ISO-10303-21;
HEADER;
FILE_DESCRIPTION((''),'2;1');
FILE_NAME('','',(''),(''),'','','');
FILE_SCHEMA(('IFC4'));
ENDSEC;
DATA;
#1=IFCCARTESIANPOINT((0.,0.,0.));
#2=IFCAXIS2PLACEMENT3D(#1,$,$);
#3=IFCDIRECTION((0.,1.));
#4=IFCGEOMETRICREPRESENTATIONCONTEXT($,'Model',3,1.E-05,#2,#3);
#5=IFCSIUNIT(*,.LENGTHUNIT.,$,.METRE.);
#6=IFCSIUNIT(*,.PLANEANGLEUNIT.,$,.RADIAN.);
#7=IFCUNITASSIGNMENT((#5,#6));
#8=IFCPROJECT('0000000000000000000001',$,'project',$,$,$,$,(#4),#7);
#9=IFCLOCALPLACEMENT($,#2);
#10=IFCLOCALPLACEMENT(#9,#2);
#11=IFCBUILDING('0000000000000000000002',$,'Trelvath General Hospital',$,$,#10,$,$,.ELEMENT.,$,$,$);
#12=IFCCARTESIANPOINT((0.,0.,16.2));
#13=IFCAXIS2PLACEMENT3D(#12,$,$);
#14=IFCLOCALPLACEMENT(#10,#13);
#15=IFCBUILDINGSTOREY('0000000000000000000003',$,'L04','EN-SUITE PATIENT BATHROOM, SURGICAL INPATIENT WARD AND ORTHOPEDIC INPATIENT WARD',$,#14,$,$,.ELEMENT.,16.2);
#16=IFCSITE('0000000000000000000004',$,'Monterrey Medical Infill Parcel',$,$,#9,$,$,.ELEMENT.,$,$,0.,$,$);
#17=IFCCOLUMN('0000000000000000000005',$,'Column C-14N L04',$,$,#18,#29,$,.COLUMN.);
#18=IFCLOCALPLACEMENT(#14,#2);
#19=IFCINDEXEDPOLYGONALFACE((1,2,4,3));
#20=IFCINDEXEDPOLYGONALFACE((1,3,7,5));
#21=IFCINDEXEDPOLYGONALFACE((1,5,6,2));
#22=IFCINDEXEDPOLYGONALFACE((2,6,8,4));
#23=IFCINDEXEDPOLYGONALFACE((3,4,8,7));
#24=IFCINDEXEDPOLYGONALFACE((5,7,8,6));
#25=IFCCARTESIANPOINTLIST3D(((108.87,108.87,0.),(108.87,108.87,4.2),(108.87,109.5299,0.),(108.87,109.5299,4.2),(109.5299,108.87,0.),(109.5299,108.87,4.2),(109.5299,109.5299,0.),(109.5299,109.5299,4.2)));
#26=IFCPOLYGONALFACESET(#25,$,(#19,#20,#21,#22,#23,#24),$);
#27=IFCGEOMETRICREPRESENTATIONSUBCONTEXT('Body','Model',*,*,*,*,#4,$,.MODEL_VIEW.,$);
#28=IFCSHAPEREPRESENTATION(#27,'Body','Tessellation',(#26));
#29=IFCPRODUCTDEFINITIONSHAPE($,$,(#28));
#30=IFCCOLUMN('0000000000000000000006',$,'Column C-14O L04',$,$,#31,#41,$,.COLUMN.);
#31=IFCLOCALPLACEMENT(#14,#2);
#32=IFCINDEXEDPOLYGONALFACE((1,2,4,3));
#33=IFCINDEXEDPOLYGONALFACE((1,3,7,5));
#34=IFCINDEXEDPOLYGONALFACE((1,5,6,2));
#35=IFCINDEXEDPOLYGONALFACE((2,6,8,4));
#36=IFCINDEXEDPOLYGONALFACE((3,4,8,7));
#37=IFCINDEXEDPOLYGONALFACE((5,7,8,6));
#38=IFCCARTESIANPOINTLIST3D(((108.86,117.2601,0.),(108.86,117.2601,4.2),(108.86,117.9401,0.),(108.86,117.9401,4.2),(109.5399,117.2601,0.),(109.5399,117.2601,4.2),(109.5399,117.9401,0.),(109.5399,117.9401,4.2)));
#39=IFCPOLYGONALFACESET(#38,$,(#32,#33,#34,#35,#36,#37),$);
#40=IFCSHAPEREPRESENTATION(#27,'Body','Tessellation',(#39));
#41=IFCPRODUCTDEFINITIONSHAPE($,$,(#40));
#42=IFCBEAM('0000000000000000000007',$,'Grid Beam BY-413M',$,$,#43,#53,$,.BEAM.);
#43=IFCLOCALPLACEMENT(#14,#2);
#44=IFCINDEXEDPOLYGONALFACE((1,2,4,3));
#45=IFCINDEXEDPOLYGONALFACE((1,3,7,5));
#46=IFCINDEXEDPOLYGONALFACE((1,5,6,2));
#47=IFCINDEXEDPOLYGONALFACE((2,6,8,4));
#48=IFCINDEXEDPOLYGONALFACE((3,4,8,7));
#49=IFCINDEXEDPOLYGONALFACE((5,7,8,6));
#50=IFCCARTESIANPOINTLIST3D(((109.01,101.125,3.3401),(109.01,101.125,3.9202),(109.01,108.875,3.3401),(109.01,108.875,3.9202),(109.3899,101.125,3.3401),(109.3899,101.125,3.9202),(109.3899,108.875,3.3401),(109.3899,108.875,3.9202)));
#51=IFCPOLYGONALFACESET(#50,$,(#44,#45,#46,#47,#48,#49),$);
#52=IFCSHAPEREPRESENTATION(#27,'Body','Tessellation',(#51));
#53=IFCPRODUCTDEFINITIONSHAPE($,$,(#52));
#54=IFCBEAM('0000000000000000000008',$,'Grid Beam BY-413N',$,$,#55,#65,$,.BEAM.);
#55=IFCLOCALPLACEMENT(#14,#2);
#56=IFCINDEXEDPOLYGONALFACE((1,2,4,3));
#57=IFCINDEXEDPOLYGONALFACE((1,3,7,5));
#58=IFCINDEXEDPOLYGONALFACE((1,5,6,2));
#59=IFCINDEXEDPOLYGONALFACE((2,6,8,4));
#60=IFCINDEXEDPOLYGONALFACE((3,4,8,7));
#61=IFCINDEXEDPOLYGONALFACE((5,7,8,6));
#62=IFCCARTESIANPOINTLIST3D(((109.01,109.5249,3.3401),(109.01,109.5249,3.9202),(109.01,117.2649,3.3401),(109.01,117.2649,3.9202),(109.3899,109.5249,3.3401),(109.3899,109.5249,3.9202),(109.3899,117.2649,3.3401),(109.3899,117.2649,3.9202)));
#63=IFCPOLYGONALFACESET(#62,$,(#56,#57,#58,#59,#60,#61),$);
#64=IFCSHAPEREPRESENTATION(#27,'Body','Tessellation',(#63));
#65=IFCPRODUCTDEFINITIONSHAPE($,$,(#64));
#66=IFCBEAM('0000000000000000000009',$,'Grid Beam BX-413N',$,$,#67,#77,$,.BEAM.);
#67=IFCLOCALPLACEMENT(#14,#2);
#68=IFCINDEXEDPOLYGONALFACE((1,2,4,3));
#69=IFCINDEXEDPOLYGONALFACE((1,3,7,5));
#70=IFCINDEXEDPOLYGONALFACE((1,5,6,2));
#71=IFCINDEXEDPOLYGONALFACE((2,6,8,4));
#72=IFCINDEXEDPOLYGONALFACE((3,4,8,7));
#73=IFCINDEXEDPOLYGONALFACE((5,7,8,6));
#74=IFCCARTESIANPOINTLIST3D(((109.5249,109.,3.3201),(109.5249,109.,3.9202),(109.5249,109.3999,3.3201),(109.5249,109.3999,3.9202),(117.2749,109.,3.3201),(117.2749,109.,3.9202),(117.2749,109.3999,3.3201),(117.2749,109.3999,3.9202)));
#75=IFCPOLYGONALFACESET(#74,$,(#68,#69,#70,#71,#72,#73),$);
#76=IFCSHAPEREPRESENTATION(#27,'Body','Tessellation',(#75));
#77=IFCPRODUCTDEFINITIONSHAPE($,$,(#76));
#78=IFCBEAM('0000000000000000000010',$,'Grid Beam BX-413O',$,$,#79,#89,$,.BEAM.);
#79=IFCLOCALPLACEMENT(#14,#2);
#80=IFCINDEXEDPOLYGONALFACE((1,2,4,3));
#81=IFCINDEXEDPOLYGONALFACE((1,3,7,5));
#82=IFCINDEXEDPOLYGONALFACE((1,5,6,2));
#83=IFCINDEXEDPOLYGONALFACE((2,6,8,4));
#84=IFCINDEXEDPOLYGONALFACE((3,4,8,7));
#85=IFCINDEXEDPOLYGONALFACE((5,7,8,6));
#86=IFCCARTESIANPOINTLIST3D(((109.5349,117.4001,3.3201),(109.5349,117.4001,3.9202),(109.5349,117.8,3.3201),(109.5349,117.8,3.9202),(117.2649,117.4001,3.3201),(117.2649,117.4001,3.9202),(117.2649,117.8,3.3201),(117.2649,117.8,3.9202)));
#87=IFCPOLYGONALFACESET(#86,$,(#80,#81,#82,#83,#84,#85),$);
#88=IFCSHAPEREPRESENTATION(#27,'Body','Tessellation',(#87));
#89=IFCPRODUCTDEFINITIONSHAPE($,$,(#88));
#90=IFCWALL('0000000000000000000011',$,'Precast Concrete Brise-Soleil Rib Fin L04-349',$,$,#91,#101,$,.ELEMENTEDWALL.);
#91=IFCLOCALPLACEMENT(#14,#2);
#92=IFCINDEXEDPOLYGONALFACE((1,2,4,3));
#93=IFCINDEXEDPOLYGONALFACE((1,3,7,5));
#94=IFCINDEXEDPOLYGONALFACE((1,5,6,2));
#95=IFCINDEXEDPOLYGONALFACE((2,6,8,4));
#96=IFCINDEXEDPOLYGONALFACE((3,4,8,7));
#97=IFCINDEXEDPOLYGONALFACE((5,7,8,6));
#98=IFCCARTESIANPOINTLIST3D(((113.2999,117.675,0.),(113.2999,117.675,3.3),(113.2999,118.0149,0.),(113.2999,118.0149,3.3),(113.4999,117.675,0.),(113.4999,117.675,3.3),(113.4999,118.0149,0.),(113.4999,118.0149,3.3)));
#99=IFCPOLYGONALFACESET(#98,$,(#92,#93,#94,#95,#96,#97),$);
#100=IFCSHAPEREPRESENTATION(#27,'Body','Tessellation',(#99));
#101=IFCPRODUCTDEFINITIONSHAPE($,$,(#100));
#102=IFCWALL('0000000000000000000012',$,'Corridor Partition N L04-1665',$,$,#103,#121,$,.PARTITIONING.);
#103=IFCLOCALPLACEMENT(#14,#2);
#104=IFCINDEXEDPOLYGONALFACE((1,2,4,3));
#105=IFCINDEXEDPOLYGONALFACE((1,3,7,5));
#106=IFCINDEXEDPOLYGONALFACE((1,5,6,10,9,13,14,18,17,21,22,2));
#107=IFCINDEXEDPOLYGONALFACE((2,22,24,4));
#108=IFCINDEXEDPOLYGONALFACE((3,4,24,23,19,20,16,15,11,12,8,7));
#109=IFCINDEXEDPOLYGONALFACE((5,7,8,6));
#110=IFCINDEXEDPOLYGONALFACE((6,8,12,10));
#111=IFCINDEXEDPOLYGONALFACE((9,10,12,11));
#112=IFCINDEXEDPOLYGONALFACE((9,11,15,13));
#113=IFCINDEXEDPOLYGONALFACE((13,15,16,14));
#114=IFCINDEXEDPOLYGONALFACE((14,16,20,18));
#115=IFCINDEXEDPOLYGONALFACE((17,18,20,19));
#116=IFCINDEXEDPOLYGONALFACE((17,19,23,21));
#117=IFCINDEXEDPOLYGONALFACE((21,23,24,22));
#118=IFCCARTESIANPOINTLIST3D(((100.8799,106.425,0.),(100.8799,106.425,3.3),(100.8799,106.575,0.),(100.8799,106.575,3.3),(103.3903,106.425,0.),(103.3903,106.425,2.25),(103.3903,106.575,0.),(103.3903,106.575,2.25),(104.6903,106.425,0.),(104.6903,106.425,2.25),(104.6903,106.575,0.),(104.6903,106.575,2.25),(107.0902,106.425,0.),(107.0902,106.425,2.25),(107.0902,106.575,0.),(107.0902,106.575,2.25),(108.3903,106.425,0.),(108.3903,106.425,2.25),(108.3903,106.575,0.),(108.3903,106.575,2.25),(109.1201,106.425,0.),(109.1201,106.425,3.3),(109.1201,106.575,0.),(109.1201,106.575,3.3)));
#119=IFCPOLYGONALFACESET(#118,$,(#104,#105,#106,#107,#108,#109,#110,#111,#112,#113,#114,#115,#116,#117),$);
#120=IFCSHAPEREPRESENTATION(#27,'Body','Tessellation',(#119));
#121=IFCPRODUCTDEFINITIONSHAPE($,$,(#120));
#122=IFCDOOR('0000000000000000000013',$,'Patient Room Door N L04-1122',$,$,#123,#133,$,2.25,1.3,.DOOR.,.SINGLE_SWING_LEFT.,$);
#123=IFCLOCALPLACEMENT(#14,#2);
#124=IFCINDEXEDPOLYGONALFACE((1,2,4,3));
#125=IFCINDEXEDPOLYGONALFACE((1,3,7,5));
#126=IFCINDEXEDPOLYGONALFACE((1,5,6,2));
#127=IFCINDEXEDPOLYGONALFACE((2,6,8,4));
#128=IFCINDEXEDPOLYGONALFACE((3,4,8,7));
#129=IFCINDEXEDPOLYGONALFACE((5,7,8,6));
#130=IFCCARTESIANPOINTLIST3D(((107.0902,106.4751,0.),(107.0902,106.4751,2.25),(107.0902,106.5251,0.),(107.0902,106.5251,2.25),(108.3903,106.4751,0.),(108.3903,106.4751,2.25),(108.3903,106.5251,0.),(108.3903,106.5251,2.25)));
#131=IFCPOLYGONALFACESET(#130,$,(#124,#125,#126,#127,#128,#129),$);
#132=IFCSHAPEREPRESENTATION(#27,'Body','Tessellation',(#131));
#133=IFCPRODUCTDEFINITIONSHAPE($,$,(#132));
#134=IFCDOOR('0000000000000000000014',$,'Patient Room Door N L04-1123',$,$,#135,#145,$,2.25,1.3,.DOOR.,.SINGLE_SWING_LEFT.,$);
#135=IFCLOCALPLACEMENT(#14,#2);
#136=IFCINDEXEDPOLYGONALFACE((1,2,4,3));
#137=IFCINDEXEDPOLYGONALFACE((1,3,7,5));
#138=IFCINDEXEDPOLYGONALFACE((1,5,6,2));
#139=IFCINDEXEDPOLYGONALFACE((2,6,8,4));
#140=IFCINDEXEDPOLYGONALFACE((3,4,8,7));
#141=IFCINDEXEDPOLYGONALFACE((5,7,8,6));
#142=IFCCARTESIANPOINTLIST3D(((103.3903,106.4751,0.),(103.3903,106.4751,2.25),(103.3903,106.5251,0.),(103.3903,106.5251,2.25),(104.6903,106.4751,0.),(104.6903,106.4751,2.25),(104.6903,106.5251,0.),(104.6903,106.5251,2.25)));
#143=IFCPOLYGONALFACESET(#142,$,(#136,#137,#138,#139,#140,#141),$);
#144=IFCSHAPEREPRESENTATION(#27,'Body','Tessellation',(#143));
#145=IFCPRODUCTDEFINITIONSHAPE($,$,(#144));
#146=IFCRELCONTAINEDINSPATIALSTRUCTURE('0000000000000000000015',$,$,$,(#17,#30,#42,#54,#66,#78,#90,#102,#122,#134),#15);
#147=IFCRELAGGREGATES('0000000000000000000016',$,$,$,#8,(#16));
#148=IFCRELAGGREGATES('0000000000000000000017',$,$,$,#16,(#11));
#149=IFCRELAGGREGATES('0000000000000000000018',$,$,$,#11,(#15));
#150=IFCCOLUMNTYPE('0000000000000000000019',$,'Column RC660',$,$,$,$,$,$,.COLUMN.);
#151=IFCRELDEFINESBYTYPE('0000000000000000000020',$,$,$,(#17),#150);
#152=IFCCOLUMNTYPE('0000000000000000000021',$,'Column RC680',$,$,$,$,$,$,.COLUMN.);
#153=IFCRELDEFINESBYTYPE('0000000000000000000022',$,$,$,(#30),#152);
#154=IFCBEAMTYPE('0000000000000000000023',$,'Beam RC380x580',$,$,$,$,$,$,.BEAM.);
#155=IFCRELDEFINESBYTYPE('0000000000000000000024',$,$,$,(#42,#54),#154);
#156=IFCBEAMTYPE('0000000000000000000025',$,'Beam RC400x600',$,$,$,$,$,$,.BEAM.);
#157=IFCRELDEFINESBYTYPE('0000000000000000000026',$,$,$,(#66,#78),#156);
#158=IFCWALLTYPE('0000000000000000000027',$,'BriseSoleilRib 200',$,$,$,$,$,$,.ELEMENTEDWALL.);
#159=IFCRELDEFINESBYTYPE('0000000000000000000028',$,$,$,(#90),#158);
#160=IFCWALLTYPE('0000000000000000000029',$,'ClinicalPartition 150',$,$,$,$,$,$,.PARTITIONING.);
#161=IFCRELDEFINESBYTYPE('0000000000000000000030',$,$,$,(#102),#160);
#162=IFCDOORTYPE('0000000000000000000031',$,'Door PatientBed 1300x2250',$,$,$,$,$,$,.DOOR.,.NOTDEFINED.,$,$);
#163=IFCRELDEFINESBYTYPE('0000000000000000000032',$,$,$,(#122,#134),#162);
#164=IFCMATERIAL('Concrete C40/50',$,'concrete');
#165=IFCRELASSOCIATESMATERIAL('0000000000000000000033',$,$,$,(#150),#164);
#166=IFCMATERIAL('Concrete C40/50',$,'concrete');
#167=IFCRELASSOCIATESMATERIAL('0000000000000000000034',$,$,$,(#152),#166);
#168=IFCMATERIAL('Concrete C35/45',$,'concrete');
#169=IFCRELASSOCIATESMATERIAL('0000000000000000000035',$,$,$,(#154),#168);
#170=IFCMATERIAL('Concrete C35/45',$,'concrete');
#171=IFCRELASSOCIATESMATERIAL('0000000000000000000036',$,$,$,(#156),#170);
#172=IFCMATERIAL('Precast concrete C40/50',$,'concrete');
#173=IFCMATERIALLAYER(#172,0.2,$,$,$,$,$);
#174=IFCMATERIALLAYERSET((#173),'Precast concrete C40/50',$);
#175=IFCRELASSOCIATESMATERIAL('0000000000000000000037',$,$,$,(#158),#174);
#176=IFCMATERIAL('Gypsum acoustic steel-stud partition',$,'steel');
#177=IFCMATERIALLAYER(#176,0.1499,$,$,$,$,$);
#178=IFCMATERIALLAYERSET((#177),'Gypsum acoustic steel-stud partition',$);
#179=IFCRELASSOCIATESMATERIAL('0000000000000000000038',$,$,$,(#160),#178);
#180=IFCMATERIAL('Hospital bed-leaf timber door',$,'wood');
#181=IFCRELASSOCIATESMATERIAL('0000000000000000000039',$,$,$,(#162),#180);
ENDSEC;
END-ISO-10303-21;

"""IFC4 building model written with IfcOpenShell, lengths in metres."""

from ifc_helpers import new_model, si_unit, direction, frame, frame_2d, origin, origin_2d, place, context, subcontext, project, spatial, rectangle, extrude, material, layer, layer_set, material_profile, profile_set, type_object, element, fill, save


model = new_model("IFC4")

# Units and contexts
model_context = context("Model", 3, precision=1e-05, world=origin(), true_north=direction((0.0, 1.0)))
body_context = subcontext(model_context, "Body", "Model", "MODEL_VIEW")
ifc_project = project(units=[si_unit("LENGTHUNIT", "METRE"), si_unit("PLANEANGLEUNIT", "RADIAN")], contexts=[model_context])

# Site, building, storey
site_placement = place(None, origin())
site = spatial("IfcSite", under=ifc_project, at=site_placement, Name="Monterrey Medical Infill Parcel", CompositionType="ELEMENT", RefElevation=0.0)
building_placement = place(site_placement, origin())
building = spatial("IfcBuilding", under=site, at=building_placement, Name="Trelvath General Hospital", CompositionType="ELEMENT")
storey_placement = place(building_placement, frame((0.0, 0.0, 16.2)))
storey = spatial("IfcBuildingStorey", under=building, at=storey_placement, Name="L04", Description="EN-SUITE PATIENT BATHROOM, SURGICAL INPATIENT WARD AND ORTHOPEDIC INPATIENT WARD", CompositionType="ELEMENT", Elevation=16.2)

# Columns
ifc_material_1 = material(Name="Concrete C40/50", Category="concrete")
ifc_material_profile_1 = material_profile(ifc_material_1, rectangle(XDim=0.6599, YDim=0.6599, at=origin_2d()), Name="RC660x660")
ifc_profile_set_1 = profile_set([ifc_material_profile_1], Name="Concrete C40/50")
column_type_1 = type_object("IfcColumnType", Name="Column RC660", PredefinedType="COLUMN", material=ifc_profile_set_1)
column_1_placement = place(storey_placement, frame((109.2, 109.2, 0.0), z_axis=(0.0, 0.0, 1.0), x_axis=(1.0, 0.0, 0.0)))
element("IfcColumn", 1, at=column_1_placement, inside=storey, type_object=column_type_1, Name="Column C-14N L04", PredefinedType="COLUMN", context=body_context, shape_type="SweptSolid", body=[
    extrude(rectangle(XDim=0.6599, YDim=0.6599, at=origin_2d()), origin(), (0.0, 0.0, 1.0), 4.2),
])
ifc_material_2 = material(Name="Concrete C40/50", Category="concrete")
ifc_material_profile_2 = material_profile(ifc_material_2, rectangle(XDim=0.6799, YDim=0.6799, at=origin_2d()), Name="RC680x680")
ifc_profile_set_2 = profile_set([ifc_material_profile_2], Name="Concrete C40/50")
column_type_2 = type_object("IfcColumnType", Name="Column RC680", PredefinedType="COLUMN", material=ifc_profile_set_2)
column_2_placement = place(storey_placement, frame((109.2, 117.6001, 0.0), z_axis=(0.0, 0.0, 1.0), x_axis=(1.0, 0.0, 0.0)))
element("IfcColumn", 2, at=column_2_placement, inside=storey, type_object=column_type_2, Name="Column C-14O L04", PredefinedType="COLUMN", context=body_context, shape_type="SweptSolid", body=[
    extrude(rectangle(XDim=0.6799, YDim=0.6799, at=origin_2d()), origin(), (0.0, 0.0, 1.0), 4.2),
])

# Beams
ifc_material_3 = material(Name="Concrete C35/45", Category="concrete")
ifc_material_profile_3 = material_profile(ifc_material_3, rectangle(XDim=0.3799, YDim=0.5801, at=origin_2d()), Name="RCB380x580")
ifc_profile_set_3 = profile_set([ifc_material_profile_3], Name="Concrete C35/45")
beam_type_1 = type_object("IfcBeamType", Name="Beam RC380x580", PredefinedType="BEAM", material=ifc_profile_set_3)
beam_1_placement = place(storey_placement, frame((109.2, 101.125, 3.6301), z_axis=(0.0, 1.0, 0.0), x_axis=(-1.0, 0.0, 0.0)))
element("IfcBeam", 3, at=beam_1_placement, inside=storey, type_object=beam_type_1, Name="Grid Beam BY-413M", PredefinedType="BEAM", context=body_context, shape_type="SweptSolid", body=[
    extrude(rectangle(XDim=0.3799, YDim=0.5801, at=origin_2d()), origin(), (0.0, 0.0, 1.0), 7.75),
])
beam_2_placement = place(storey_placement, frame((109.2, 109.5249, 3.6301), z_axis=(0.0, 1.0, 0.0), x_axis=(-1.0, 0.0, 0.0)))
element("IfcBeam", 4, at=beam_2_placement, inside=storey, type_object=beam_type_1, Name="Grid Beam BY-413N", PredefinedType="BEAM", context=body_context, shape_type="SweptSolid", body=[
    extrude(rectangle(XDim=0.3799, YDim=0.5801, at=origin_2d()), origin(), (0.0, 0.0, 1.0), 7.74),
])
ifc_material_4 = material(Name="Concrete C35/45", Category="concrete")
ifc_material_profile_4 = material_profile(ifc_material_4, rectangle(XDim=0.3999, YDim=0.6001, at=origin_2d()), Name="RCB400x600")
ifc_profile_set_4 = profile_set([ifc_material_profile_4], Name="Concrete C35/45")
beam_type_2 = type_object("IfcBeamType", Name="Beam RC400x600", PredefinedType="BEAM", material=ifc_profile_set_4)
beam_3_placement = place(storey_placement, frame((109.5249, 109.2, 3.6201), z_axis=(1.0, 0.0, 0.0), x_axis=(0.0, 1.0, 0.0)))
element("IfcBeam", 5, at=beam_3_placement, inside=storey, type_object=beam_type_2, Name="Grid Beam BX-413N", PredefinedType="BEAM", context=body_context, shape_type="SweptSolid", body=[
    extrude(rectangle(XDim=0.3999, YDim=0.6001, at=origin_2d()), origin(), (0.0, 0.0, 1.0), 7.75),
])
beam_4_placement = place(storey_placement, frame((109.5349, 117.6001, 3.6201), z_axis=(1.0, 0.0, 0.0), x_axis=(0.0, 1.0, 0.0)))
element("IfcBeam", 6, at=beam_4_placement, inside=storey, type_object=beam_type_2, Name="Grid Beam BX-413O", PredefinedType="BEAM", context=body_context, shape_type="SweptSolid", body=[
    extrude(rectangle(XDim=0.3999, YDim=0.6001, at=origin_2d()), origin(), (0.0, 0.0, 1.0), 7.73),
])

# Wall
ifc_material_5 = material(Name="Precast concrete C40/50", Category="concrete")
ifc_layer_1 = layer(ifc_material_5, 0.2)
ifc_layer_set_1 = layer_set([ifc_layer_1], Name="Precast concrete C40/50")
wall_type_1 = type_object("IfcWallType", Name="BriseSoleilRib 200", PredefinedType="ELEMENTEDWALL", material=ifc_layer_set_1)
wall_1_placement = place(storey_placement, frame((113.3999, 117.675, 0.0), z_axis=(0.0, 0.0, 1.0), x_axis=(0.0, 1.0, 0.0)))
element("IfcWall", 7, at=wall_1_placement, inside=storey, type_object=wall_type_1, Name="Precast Concrete Brise-Soleil Rib Fin L04-349", PredefinedType="ELEMENTEDWALL", context=body_context, shape_type="SweptSolid", body=[
    extrude(rectangle(XDim=0.3398, YDim=0.2, at=frame_2d((0.1699, 0.0))), origin(), (0.0, 0.0, 1.0), 3.3),
])

# Wall, openings, doors
ifc_material_6 = material(Name="Gypsum acoustic steel-stud partition", Category="steel")
ifc_layer_2 = layer(ifc_material_6, 0.1499)
ifc_layer_set_2 = layer_set([ifc_layer_2], Name="Gypsum acoustic steel-stud partition")
wall_type_2 = type_object("IfcWallType", Name="ClinicalPartition 150", PredefinedType="PARTITIONING", material=ifc_layer_set_2)
wall_2_placement = place(storey_placement, frame((109.1201, 106.5, 0.0), z_axis=(0.0, 0.0, 1.0), x_axis=(-1.0, 0.0, 0.0)))
wall_2 = element("IfcWall", 8, at=wall_2_placement, inside=storey, type_object=wall_type_2, Name="Corridor Partition N L04-1665", PredefinedType="PARTITIONING", context=body_context, shape_type="SweptSolid", body=[
    extrude(rectangle(XDim=8.2402, YDim=0.1499, at=frame_2d((4.1201, 0.0))), origin(), (0.0, 0.0, 1.0), 3.3),
])
opening_1_placement = place(wall_2_placement, frame((0.73, 0.0, 0.0)))
opening_1 = element("IfcOpeningElement", 9, at=opening_1_placement, cuts=wall_2, PredefinedType="OPENING", context=body_context, shape_type="SweptSolid", body=[
    extrude(rectangle(XDim=1.3, YDim=2.25, at=frame_2d((0.6499, 1.125))), frame((0.0, 0.085, 0.0), z_axis=(0.0, -1.0, 0.0), x_axis=(1.0, 0.0, 0.0)), (0.0, 0.0, 1.0), 0.1699),
])
opening_2_placement = place(wall_2_placement, frame((4.4299, 0.0, 0.0)))
opening_2 = element("IfcOpeningElement", 10, at=opening_2_placement, cuts=wall_2, PredefinedType="OPENING", context=body_context, shape_type="SweptSolid", body=[
    extrude(rectangle(XDim=1.3, YDim=2.25, at=frame_2d((0.6499, 1.125))), frame((0.0, 0.085, 0.0), z_axis=(0.0, -1.0, 0.0), x_axis=(1.0, 0.0, 0.0)), (0.0, 0.0, 1.0), 0.1699),
])
ifc_material_7 = material(Name="Hospital bed-leaf timber door", Category="wood")
door_type_1 = type_object("IfcDoorType", Name="Door PatientBed 1300x2250", OperationType="NOTDEFINED", PredefinedType="DOOR", material=ifc_material_7)
door_1_placement = place(opening_1_placement, origin())
door_1 = element("IfcDoor", 11, at=door_1_placement, inside=storey, type_object=door_type_1, Name="Patient Room Door N L04-1122", OperationType="SINGLE_SWING_LEFT", OverallHeight=2.25, OverallWidth=1.3, PredefinedType="DOOR", context=body_context, shape_type="SweptSolid", body=[
    extrude(rectangle(XDim=1.3, YDim=2.25, at=frame_2d((0.6499, 1.125))), frame((0.0, 0.0249, 0.0), z_axis=(0.0, -1.0, 0.0), x_axis=(1.0, 0.0, 0.0)), (0.0, 0.0, 1.0), 0.05),
])
fill(opening_1, door_1)
door_2_placement = place(opening_2_placement, origin())
door_2 = element("IfcDoor", 12, at=door_2_placement, inside=storey, type_object=door_type_1, Name="Patient Room Door N L04-1123", OperationType="SINGLE_SWING_LEFT", OverallHeight=2.25, OverallWidth=1.3, PredefinedType="DOOR", context=body_context, shape_type="SweptSolid", body=[
    extrude(rectangle(XDim=1.3, YDim=2.25, at=frame_2d((0.6499, 1.125))), frame((0.0, 0.0249, 0.0), z_axis=(0.0, -1.0, 0.0), x_axis=(1.0, 0.0, 0.0)), (0.0, 0.0, 1.0), 0.05),
])
fill(opening_2, door_2)

save(model, "model.ifc")
